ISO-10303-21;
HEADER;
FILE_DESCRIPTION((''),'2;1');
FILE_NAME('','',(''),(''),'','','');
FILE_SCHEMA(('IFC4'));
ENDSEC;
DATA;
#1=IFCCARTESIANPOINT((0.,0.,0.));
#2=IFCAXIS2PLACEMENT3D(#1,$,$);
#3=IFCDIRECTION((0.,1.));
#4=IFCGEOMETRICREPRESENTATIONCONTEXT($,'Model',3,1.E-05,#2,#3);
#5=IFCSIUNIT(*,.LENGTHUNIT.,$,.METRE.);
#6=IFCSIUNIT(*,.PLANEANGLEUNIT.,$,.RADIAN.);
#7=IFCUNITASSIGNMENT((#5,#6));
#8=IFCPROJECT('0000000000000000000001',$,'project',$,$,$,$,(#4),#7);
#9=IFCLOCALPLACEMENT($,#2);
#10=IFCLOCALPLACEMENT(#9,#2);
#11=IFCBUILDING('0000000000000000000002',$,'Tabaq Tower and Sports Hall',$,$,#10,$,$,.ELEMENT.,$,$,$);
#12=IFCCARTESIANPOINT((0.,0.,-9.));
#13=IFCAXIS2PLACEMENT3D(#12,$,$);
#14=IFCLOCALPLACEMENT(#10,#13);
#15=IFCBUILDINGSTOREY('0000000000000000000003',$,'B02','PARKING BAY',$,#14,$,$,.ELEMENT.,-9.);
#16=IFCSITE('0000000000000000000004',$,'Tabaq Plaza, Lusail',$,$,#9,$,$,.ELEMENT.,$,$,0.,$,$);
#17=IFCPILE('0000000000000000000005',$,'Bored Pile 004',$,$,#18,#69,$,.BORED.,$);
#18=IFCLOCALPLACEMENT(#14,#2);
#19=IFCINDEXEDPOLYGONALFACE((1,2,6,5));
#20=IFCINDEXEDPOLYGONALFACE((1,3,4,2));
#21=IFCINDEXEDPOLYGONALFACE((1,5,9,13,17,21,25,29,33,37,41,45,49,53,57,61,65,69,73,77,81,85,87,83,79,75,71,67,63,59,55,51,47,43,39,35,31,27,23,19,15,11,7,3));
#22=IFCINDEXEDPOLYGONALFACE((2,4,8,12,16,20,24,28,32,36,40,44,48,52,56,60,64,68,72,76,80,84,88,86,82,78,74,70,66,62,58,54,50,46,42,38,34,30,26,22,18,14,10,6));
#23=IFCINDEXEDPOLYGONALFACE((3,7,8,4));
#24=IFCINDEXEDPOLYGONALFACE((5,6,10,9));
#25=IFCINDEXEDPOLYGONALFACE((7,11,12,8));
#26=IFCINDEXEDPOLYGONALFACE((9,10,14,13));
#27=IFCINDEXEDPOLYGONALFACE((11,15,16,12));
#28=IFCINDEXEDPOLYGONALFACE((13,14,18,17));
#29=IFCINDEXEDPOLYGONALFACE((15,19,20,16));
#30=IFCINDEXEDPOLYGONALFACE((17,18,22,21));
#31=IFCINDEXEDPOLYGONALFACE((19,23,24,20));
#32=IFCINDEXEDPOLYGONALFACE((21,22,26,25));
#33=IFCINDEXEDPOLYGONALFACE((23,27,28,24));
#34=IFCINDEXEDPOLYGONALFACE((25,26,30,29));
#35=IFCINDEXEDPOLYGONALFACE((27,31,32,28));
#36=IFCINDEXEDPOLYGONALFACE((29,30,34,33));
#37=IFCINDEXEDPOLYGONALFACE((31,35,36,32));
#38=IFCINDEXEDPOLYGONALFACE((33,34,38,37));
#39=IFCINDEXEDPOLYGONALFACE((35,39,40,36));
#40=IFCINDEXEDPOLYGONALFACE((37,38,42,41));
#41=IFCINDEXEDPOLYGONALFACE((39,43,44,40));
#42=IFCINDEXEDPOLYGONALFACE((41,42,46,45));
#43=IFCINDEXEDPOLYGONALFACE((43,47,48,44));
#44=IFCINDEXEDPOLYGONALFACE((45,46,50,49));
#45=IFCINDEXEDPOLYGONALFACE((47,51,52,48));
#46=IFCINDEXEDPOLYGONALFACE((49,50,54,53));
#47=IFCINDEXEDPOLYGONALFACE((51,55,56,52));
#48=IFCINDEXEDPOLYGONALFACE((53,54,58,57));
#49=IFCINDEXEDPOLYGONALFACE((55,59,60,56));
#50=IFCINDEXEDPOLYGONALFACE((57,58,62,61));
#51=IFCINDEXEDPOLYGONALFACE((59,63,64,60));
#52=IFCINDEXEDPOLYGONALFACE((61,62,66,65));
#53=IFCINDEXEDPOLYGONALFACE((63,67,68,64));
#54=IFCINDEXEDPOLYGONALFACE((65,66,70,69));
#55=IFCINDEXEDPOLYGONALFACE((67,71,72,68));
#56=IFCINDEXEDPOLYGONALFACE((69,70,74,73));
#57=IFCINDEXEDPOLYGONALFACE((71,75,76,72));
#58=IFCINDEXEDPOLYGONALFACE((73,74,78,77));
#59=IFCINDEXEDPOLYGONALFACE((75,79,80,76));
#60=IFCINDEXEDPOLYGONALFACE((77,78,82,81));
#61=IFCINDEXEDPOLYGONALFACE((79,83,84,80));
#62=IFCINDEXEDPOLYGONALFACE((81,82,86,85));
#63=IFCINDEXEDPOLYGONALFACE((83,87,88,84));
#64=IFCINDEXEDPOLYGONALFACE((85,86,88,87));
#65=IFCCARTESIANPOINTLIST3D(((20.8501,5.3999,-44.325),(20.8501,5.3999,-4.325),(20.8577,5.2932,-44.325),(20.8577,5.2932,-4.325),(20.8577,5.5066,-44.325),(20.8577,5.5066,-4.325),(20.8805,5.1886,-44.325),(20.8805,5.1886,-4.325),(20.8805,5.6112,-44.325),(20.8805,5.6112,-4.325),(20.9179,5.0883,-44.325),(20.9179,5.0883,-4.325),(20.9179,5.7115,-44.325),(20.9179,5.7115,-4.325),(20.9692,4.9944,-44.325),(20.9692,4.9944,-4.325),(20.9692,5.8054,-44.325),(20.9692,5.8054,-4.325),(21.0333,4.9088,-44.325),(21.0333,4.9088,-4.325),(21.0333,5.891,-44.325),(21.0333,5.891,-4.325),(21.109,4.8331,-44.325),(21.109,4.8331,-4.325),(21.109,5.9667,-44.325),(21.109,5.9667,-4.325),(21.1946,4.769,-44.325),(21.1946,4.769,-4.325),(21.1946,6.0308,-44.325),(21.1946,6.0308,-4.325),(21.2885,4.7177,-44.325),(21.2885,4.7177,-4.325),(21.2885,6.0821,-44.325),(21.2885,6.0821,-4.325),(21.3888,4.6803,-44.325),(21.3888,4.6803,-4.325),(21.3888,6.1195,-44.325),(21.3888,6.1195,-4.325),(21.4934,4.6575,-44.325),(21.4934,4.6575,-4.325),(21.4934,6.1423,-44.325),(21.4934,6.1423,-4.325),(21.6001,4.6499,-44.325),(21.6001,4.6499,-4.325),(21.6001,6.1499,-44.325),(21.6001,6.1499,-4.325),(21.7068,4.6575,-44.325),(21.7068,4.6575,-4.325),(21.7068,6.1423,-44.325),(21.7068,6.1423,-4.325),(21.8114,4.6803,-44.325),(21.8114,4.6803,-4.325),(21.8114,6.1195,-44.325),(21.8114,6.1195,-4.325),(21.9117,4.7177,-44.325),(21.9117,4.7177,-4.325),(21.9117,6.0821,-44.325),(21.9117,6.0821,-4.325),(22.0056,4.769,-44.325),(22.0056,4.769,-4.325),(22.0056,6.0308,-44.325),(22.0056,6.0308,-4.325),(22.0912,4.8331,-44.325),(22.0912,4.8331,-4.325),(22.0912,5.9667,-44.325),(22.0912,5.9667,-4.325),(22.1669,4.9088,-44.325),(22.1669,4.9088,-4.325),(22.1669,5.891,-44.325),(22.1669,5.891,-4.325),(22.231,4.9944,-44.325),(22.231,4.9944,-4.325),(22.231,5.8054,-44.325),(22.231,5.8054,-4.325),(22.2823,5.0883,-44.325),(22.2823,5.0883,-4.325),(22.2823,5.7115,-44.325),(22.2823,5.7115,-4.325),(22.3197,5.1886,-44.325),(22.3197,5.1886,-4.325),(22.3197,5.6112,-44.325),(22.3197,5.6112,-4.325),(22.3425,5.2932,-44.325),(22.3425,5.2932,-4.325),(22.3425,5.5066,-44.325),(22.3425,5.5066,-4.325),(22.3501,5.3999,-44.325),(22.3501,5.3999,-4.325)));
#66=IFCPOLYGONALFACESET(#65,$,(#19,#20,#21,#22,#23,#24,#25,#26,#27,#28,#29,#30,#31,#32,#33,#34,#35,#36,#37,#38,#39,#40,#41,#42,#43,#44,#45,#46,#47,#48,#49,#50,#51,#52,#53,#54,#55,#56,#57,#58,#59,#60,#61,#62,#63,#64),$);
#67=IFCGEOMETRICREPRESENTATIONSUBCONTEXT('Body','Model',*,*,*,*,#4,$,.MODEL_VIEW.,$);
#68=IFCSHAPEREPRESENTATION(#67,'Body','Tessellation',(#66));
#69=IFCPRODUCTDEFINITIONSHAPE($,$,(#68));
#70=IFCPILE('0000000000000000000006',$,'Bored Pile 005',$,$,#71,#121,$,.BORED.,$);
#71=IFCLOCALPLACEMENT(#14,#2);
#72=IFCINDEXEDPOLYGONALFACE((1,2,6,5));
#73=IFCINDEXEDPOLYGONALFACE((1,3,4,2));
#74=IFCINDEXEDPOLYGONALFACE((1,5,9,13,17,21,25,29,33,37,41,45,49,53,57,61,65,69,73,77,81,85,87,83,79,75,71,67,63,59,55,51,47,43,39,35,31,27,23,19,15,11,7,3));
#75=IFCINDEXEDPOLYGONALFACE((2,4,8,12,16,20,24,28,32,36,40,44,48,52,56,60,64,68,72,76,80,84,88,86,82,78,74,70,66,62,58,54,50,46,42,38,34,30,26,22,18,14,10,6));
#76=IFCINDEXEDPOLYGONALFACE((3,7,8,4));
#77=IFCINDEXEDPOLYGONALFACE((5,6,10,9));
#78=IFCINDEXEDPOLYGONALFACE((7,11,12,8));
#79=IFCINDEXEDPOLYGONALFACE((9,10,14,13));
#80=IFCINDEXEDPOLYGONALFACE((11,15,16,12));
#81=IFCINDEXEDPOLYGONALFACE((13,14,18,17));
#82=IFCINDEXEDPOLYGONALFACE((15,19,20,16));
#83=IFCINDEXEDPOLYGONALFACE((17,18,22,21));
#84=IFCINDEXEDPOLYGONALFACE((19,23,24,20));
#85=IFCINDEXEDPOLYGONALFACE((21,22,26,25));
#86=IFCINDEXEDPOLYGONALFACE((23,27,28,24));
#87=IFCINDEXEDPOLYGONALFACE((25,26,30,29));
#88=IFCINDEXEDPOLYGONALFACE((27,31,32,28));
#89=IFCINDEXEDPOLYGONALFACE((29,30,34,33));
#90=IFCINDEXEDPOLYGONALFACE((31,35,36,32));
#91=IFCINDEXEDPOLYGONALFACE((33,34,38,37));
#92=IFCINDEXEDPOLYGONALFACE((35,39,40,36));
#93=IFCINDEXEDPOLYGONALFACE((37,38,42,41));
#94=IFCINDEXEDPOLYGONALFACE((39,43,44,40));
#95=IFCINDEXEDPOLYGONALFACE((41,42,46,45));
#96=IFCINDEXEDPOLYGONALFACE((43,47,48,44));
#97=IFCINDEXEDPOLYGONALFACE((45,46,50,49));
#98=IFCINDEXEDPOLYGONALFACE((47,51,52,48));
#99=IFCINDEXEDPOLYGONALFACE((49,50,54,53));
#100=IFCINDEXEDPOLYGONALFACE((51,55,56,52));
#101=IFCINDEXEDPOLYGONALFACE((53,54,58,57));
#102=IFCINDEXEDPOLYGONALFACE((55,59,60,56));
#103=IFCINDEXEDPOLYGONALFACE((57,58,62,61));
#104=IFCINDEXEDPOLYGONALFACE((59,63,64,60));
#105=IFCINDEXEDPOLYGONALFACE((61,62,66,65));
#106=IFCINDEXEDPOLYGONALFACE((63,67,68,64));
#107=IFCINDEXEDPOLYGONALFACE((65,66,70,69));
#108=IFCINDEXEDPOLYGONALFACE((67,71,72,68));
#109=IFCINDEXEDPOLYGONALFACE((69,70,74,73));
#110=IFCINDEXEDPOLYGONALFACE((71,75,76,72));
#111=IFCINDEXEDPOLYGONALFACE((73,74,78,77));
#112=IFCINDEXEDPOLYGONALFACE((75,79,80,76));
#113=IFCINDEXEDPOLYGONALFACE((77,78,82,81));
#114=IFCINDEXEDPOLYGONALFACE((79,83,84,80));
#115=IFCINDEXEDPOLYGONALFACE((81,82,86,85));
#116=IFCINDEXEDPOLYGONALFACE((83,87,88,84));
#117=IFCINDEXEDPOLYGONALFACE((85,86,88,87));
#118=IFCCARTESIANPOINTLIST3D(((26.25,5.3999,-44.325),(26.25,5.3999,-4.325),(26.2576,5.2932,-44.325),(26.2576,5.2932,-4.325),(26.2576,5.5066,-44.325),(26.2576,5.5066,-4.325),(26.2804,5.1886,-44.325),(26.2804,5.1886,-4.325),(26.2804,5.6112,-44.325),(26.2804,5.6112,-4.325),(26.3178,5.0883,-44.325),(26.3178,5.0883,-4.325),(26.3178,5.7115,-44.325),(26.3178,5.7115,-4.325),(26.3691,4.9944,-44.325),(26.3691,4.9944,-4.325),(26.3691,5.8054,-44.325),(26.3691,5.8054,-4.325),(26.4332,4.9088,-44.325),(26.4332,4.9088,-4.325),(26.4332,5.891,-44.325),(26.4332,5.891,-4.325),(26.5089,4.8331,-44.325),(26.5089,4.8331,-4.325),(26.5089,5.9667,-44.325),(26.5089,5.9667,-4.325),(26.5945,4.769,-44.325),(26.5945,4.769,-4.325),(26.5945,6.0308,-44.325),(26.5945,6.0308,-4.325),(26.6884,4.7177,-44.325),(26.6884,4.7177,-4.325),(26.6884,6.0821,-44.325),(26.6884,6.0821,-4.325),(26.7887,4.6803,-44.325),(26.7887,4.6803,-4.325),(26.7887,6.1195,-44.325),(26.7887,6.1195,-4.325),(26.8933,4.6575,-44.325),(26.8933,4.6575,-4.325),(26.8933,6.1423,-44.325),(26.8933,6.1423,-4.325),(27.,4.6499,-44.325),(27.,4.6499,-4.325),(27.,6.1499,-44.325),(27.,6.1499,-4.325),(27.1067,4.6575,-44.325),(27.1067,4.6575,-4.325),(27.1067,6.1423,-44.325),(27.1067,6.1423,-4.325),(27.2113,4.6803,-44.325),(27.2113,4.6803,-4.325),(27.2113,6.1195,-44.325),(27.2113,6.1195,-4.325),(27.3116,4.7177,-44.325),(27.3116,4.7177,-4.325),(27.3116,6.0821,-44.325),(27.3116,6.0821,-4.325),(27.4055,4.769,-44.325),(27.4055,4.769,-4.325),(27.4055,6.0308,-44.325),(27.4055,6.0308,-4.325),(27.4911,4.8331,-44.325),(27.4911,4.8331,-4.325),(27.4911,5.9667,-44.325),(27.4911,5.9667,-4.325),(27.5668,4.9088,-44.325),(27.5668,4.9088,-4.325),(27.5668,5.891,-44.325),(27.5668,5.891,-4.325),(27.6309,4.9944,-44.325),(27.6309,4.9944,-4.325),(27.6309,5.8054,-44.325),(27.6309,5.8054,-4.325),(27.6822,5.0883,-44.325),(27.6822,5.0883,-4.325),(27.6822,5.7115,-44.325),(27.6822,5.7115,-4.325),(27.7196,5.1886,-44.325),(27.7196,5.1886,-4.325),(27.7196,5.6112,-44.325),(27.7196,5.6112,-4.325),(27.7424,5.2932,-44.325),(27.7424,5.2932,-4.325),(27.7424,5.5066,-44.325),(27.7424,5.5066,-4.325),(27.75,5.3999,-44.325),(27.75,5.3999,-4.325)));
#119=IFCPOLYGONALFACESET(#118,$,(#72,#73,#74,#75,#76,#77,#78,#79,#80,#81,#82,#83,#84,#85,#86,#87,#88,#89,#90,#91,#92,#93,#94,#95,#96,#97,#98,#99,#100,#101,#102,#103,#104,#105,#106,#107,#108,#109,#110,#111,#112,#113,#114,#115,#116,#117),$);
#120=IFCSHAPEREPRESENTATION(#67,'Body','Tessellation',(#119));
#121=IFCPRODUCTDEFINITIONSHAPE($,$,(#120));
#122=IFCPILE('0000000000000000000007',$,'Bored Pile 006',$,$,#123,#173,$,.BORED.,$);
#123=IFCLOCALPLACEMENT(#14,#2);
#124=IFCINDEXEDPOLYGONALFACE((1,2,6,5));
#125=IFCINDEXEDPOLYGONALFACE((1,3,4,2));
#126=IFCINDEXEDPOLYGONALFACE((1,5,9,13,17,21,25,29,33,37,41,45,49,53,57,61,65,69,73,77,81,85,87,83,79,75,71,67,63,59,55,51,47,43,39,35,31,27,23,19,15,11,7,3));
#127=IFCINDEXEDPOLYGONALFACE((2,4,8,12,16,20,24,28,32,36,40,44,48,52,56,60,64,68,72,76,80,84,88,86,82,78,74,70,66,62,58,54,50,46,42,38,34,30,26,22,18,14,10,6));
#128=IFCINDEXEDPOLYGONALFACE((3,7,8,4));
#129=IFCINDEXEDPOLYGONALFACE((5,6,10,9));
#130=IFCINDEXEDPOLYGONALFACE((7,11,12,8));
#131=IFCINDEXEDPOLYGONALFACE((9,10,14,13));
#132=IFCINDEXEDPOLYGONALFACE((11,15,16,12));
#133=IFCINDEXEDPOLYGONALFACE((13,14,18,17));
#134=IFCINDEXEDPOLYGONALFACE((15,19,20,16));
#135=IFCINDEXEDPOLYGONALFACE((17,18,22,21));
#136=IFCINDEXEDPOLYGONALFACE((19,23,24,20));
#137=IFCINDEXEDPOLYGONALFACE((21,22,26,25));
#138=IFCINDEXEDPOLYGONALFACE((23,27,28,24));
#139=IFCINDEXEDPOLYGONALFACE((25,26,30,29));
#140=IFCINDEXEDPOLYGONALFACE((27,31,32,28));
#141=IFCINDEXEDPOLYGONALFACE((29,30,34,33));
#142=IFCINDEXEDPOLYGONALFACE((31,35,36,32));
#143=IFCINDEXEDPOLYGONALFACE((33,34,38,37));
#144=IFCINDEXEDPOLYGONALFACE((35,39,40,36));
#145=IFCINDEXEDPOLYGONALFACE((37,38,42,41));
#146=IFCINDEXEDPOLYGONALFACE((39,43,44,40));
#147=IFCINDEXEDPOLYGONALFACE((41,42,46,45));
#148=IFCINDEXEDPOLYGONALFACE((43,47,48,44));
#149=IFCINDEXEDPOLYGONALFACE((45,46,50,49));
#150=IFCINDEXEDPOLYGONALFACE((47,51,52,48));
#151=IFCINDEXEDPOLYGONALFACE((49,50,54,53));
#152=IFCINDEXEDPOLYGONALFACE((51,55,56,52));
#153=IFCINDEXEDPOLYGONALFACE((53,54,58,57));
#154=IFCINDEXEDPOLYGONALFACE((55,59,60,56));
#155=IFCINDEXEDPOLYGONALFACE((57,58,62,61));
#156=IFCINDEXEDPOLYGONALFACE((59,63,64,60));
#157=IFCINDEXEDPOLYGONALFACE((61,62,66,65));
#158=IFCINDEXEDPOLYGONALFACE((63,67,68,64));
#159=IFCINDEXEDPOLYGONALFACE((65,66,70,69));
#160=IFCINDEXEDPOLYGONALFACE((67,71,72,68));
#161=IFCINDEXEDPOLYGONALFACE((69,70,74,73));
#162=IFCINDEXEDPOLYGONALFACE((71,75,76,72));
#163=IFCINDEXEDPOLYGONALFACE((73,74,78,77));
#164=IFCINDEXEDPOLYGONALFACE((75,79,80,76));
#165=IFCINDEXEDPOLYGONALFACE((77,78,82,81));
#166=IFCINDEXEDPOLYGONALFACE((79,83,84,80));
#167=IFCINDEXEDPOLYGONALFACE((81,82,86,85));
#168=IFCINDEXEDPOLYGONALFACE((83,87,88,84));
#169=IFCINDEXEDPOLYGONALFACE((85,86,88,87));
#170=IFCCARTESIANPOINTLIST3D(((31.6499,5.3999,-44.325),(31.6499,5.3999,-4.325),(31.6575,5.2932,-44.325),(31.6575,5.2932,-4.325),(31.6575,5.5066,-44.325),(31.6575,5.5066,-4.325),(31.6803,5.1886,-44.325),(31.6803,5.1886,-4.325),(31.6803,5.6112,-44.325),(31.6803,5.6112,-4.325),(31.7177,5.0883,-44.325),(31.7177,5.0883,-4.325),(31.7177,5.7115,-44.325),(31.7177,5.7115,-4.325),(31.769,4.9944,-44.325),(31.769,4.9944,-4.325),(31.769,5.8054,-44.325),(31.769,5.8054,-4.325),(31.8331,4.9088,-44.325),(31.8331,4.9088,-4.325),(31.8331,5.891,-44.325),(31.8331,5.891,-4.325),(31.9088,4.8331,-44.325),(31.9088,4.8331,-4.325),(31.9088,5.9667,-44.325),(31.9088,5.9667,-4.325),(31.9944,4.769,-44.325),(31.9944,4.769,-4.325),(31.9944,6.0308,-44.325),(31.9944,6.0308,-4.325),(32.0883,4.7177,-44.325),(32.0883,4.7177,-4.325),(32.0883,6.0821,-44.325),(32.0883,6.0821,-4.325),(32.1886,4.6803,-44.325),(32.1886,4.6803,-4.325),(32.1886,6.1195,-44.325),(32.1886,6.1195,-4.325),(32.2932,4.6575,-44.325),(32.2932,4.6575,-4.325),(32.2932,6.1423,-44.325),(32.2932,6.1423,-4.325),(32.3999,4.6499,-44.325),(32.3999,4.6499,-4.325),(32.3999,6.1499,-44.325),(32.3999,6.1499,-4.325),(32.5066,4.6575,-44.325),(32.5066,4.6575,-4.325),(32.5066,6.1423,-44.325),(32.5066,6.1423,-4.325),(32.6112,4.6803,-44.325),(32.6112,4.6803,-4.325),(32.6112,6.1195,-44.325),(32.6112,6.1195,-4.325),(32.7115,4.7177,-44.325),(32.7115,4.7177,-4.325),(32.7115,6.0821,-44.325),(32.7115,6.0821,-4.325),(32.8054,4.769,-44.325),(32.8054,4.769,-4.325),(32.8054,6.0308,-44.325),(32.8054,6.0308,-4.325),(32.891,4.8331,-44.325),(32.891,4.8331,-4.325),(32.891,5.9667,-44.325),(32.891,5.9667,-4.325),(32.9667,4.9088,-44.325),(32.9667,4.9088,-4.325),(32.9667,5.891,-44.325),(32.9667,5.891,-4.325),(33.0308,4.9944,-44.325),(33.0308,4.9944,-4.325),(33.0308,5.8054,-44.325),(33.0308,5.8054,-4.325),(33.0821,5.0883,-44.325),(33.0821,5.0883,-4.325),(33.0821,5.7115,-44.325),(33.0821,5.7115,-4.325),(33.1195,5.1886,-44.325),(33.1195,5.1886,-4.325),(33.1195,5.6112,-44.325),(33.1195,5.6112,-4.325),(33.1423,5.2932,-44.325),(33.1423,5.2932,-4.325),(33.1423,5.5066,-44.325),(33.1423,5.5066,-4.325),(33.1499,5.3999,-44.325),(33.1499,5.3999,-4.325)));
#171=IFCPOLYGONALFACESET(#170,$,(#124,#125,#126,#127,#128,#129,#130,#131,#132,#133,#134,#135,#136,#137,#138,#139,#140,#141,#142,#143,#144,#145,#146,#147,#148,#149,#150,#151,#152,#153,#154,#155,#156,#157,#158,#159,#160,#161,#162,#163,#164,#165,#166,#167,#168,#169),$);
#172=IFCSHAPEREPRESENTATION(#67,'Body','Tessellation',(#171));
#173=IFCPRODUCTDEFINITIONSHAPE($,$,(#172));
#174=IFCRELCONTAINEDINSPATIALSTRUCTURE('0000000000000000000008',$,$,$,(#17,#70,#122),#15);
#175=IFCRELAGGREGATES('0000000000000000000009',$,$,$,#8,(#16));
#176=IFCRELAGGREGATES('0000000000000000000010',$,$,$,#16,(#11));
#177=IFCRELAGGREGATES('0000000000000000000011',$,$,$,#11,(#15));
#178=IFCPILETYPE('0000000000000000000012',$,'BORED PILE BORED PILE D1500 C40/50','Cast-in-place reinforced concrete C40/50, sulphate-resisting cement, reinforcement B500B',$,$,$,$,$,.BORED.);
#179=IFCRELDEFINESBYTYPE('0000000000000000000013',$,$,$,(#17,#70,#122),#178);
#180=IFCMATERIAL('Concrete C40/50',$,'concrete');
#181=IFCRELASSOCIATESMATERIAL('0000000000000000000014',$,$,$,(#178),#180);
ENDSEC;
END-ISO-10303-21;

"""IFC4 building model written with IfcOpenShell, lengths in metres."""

from ifc_helpers import new_model, si_unit, direction, frame, origin, origin_2d, place, context, subcontext, project, spatial, circle, extrude, material, material_profile, profile_set, type_object, element, save


model = new_model("IFC4")

# Units and contexts
model_context = context("Model", 3, precision=1e-05, world=origin(), true_north=direction((0.0, 1.0)))
body_context = subcontext(model_context, "Body", "Model", "MODEL_VIEW")
ifc_project = project(units=[si_unit("LENGTHUNIT", "METRE"), si_unit("PLANEANGLEUNIT", "RADIAN")], contexts=[model_context])

# Site, building, storey
site_placement = place(None, origin())
site = spatial("IfcSite", under=ifc_project, at=site_placement, Name="Tabaq Plaza, Lusail", CompositionType="ELEMENT", RefElevation=0.0)
building_placement = place(site_placement, origin())
building = spatial("IfcBuilding", under=site, at=building_placement, Name="Tabaq Tower and Sports Hall", CompositionType="ELEMENT")
storey_placement = place(building_placement, frame((0.0, 0.0, -9.0)))
storey = spatial("IfcBuildingStorey", under=building, at=storey_placement, Name="B02", Description="PARKING BAY", CompositionType="ELEMENT", Elevation=-9.0)

# Piles
ifc_material_1 = material(Name="Concrete C40/50", Category="concrete")
ifc_material_profile_1 = material_profile(ifc_material_1, circle(Radius=0.75, at=origin_2d()), Name="BORED PILE D1500")
ifc_profile_set_1 = profile_set([ifc_material_profile_1], Name="Concrete C40/50")
pile_type = type_object("IfcPileType", Name="BORED PILE BORED PILE D1500 C40/50", Description="Cast-in-place reinforced concrete C40/50, sulphate-resisting cement, reinforcement B500B", PredefinedType="BORED", material=ifc_profile_set_1)
for number, where, z_axis, x_axis, name in (
    (1, (21.6001, 5.3999, -4.325), (0.0, 0.0, -1.0), (1.0, 0.0, 0.0), "Bored Pile 004"),
    (2, (27.0, 5.3999, -4.325), (0.0, 0.0, -1.0), (1.0, 0.0, 0.0), "Bored Pile 005"),
    (3, (32.3999, 5.3999, -4.325), (0.0, 0.0, -1.0), (1.0, 0.0, 0.0), "Bored Pile 006"),
):
    element("IfcPile", number, at=place(storey_placement, frame(where, z_axis=z_axis, x_axis=x_axis)), inside=storey, type_object=pile_type, Name=name, PredefinedType="BORED", context=body_context, shape_type="SweptSolid", body=[
        extrude(circle(Radius=0.75, at=origin_2d()), origin(), (0.0, 0.0, 1.0), 40.0),
    ])

save(model, "model.ifc")
